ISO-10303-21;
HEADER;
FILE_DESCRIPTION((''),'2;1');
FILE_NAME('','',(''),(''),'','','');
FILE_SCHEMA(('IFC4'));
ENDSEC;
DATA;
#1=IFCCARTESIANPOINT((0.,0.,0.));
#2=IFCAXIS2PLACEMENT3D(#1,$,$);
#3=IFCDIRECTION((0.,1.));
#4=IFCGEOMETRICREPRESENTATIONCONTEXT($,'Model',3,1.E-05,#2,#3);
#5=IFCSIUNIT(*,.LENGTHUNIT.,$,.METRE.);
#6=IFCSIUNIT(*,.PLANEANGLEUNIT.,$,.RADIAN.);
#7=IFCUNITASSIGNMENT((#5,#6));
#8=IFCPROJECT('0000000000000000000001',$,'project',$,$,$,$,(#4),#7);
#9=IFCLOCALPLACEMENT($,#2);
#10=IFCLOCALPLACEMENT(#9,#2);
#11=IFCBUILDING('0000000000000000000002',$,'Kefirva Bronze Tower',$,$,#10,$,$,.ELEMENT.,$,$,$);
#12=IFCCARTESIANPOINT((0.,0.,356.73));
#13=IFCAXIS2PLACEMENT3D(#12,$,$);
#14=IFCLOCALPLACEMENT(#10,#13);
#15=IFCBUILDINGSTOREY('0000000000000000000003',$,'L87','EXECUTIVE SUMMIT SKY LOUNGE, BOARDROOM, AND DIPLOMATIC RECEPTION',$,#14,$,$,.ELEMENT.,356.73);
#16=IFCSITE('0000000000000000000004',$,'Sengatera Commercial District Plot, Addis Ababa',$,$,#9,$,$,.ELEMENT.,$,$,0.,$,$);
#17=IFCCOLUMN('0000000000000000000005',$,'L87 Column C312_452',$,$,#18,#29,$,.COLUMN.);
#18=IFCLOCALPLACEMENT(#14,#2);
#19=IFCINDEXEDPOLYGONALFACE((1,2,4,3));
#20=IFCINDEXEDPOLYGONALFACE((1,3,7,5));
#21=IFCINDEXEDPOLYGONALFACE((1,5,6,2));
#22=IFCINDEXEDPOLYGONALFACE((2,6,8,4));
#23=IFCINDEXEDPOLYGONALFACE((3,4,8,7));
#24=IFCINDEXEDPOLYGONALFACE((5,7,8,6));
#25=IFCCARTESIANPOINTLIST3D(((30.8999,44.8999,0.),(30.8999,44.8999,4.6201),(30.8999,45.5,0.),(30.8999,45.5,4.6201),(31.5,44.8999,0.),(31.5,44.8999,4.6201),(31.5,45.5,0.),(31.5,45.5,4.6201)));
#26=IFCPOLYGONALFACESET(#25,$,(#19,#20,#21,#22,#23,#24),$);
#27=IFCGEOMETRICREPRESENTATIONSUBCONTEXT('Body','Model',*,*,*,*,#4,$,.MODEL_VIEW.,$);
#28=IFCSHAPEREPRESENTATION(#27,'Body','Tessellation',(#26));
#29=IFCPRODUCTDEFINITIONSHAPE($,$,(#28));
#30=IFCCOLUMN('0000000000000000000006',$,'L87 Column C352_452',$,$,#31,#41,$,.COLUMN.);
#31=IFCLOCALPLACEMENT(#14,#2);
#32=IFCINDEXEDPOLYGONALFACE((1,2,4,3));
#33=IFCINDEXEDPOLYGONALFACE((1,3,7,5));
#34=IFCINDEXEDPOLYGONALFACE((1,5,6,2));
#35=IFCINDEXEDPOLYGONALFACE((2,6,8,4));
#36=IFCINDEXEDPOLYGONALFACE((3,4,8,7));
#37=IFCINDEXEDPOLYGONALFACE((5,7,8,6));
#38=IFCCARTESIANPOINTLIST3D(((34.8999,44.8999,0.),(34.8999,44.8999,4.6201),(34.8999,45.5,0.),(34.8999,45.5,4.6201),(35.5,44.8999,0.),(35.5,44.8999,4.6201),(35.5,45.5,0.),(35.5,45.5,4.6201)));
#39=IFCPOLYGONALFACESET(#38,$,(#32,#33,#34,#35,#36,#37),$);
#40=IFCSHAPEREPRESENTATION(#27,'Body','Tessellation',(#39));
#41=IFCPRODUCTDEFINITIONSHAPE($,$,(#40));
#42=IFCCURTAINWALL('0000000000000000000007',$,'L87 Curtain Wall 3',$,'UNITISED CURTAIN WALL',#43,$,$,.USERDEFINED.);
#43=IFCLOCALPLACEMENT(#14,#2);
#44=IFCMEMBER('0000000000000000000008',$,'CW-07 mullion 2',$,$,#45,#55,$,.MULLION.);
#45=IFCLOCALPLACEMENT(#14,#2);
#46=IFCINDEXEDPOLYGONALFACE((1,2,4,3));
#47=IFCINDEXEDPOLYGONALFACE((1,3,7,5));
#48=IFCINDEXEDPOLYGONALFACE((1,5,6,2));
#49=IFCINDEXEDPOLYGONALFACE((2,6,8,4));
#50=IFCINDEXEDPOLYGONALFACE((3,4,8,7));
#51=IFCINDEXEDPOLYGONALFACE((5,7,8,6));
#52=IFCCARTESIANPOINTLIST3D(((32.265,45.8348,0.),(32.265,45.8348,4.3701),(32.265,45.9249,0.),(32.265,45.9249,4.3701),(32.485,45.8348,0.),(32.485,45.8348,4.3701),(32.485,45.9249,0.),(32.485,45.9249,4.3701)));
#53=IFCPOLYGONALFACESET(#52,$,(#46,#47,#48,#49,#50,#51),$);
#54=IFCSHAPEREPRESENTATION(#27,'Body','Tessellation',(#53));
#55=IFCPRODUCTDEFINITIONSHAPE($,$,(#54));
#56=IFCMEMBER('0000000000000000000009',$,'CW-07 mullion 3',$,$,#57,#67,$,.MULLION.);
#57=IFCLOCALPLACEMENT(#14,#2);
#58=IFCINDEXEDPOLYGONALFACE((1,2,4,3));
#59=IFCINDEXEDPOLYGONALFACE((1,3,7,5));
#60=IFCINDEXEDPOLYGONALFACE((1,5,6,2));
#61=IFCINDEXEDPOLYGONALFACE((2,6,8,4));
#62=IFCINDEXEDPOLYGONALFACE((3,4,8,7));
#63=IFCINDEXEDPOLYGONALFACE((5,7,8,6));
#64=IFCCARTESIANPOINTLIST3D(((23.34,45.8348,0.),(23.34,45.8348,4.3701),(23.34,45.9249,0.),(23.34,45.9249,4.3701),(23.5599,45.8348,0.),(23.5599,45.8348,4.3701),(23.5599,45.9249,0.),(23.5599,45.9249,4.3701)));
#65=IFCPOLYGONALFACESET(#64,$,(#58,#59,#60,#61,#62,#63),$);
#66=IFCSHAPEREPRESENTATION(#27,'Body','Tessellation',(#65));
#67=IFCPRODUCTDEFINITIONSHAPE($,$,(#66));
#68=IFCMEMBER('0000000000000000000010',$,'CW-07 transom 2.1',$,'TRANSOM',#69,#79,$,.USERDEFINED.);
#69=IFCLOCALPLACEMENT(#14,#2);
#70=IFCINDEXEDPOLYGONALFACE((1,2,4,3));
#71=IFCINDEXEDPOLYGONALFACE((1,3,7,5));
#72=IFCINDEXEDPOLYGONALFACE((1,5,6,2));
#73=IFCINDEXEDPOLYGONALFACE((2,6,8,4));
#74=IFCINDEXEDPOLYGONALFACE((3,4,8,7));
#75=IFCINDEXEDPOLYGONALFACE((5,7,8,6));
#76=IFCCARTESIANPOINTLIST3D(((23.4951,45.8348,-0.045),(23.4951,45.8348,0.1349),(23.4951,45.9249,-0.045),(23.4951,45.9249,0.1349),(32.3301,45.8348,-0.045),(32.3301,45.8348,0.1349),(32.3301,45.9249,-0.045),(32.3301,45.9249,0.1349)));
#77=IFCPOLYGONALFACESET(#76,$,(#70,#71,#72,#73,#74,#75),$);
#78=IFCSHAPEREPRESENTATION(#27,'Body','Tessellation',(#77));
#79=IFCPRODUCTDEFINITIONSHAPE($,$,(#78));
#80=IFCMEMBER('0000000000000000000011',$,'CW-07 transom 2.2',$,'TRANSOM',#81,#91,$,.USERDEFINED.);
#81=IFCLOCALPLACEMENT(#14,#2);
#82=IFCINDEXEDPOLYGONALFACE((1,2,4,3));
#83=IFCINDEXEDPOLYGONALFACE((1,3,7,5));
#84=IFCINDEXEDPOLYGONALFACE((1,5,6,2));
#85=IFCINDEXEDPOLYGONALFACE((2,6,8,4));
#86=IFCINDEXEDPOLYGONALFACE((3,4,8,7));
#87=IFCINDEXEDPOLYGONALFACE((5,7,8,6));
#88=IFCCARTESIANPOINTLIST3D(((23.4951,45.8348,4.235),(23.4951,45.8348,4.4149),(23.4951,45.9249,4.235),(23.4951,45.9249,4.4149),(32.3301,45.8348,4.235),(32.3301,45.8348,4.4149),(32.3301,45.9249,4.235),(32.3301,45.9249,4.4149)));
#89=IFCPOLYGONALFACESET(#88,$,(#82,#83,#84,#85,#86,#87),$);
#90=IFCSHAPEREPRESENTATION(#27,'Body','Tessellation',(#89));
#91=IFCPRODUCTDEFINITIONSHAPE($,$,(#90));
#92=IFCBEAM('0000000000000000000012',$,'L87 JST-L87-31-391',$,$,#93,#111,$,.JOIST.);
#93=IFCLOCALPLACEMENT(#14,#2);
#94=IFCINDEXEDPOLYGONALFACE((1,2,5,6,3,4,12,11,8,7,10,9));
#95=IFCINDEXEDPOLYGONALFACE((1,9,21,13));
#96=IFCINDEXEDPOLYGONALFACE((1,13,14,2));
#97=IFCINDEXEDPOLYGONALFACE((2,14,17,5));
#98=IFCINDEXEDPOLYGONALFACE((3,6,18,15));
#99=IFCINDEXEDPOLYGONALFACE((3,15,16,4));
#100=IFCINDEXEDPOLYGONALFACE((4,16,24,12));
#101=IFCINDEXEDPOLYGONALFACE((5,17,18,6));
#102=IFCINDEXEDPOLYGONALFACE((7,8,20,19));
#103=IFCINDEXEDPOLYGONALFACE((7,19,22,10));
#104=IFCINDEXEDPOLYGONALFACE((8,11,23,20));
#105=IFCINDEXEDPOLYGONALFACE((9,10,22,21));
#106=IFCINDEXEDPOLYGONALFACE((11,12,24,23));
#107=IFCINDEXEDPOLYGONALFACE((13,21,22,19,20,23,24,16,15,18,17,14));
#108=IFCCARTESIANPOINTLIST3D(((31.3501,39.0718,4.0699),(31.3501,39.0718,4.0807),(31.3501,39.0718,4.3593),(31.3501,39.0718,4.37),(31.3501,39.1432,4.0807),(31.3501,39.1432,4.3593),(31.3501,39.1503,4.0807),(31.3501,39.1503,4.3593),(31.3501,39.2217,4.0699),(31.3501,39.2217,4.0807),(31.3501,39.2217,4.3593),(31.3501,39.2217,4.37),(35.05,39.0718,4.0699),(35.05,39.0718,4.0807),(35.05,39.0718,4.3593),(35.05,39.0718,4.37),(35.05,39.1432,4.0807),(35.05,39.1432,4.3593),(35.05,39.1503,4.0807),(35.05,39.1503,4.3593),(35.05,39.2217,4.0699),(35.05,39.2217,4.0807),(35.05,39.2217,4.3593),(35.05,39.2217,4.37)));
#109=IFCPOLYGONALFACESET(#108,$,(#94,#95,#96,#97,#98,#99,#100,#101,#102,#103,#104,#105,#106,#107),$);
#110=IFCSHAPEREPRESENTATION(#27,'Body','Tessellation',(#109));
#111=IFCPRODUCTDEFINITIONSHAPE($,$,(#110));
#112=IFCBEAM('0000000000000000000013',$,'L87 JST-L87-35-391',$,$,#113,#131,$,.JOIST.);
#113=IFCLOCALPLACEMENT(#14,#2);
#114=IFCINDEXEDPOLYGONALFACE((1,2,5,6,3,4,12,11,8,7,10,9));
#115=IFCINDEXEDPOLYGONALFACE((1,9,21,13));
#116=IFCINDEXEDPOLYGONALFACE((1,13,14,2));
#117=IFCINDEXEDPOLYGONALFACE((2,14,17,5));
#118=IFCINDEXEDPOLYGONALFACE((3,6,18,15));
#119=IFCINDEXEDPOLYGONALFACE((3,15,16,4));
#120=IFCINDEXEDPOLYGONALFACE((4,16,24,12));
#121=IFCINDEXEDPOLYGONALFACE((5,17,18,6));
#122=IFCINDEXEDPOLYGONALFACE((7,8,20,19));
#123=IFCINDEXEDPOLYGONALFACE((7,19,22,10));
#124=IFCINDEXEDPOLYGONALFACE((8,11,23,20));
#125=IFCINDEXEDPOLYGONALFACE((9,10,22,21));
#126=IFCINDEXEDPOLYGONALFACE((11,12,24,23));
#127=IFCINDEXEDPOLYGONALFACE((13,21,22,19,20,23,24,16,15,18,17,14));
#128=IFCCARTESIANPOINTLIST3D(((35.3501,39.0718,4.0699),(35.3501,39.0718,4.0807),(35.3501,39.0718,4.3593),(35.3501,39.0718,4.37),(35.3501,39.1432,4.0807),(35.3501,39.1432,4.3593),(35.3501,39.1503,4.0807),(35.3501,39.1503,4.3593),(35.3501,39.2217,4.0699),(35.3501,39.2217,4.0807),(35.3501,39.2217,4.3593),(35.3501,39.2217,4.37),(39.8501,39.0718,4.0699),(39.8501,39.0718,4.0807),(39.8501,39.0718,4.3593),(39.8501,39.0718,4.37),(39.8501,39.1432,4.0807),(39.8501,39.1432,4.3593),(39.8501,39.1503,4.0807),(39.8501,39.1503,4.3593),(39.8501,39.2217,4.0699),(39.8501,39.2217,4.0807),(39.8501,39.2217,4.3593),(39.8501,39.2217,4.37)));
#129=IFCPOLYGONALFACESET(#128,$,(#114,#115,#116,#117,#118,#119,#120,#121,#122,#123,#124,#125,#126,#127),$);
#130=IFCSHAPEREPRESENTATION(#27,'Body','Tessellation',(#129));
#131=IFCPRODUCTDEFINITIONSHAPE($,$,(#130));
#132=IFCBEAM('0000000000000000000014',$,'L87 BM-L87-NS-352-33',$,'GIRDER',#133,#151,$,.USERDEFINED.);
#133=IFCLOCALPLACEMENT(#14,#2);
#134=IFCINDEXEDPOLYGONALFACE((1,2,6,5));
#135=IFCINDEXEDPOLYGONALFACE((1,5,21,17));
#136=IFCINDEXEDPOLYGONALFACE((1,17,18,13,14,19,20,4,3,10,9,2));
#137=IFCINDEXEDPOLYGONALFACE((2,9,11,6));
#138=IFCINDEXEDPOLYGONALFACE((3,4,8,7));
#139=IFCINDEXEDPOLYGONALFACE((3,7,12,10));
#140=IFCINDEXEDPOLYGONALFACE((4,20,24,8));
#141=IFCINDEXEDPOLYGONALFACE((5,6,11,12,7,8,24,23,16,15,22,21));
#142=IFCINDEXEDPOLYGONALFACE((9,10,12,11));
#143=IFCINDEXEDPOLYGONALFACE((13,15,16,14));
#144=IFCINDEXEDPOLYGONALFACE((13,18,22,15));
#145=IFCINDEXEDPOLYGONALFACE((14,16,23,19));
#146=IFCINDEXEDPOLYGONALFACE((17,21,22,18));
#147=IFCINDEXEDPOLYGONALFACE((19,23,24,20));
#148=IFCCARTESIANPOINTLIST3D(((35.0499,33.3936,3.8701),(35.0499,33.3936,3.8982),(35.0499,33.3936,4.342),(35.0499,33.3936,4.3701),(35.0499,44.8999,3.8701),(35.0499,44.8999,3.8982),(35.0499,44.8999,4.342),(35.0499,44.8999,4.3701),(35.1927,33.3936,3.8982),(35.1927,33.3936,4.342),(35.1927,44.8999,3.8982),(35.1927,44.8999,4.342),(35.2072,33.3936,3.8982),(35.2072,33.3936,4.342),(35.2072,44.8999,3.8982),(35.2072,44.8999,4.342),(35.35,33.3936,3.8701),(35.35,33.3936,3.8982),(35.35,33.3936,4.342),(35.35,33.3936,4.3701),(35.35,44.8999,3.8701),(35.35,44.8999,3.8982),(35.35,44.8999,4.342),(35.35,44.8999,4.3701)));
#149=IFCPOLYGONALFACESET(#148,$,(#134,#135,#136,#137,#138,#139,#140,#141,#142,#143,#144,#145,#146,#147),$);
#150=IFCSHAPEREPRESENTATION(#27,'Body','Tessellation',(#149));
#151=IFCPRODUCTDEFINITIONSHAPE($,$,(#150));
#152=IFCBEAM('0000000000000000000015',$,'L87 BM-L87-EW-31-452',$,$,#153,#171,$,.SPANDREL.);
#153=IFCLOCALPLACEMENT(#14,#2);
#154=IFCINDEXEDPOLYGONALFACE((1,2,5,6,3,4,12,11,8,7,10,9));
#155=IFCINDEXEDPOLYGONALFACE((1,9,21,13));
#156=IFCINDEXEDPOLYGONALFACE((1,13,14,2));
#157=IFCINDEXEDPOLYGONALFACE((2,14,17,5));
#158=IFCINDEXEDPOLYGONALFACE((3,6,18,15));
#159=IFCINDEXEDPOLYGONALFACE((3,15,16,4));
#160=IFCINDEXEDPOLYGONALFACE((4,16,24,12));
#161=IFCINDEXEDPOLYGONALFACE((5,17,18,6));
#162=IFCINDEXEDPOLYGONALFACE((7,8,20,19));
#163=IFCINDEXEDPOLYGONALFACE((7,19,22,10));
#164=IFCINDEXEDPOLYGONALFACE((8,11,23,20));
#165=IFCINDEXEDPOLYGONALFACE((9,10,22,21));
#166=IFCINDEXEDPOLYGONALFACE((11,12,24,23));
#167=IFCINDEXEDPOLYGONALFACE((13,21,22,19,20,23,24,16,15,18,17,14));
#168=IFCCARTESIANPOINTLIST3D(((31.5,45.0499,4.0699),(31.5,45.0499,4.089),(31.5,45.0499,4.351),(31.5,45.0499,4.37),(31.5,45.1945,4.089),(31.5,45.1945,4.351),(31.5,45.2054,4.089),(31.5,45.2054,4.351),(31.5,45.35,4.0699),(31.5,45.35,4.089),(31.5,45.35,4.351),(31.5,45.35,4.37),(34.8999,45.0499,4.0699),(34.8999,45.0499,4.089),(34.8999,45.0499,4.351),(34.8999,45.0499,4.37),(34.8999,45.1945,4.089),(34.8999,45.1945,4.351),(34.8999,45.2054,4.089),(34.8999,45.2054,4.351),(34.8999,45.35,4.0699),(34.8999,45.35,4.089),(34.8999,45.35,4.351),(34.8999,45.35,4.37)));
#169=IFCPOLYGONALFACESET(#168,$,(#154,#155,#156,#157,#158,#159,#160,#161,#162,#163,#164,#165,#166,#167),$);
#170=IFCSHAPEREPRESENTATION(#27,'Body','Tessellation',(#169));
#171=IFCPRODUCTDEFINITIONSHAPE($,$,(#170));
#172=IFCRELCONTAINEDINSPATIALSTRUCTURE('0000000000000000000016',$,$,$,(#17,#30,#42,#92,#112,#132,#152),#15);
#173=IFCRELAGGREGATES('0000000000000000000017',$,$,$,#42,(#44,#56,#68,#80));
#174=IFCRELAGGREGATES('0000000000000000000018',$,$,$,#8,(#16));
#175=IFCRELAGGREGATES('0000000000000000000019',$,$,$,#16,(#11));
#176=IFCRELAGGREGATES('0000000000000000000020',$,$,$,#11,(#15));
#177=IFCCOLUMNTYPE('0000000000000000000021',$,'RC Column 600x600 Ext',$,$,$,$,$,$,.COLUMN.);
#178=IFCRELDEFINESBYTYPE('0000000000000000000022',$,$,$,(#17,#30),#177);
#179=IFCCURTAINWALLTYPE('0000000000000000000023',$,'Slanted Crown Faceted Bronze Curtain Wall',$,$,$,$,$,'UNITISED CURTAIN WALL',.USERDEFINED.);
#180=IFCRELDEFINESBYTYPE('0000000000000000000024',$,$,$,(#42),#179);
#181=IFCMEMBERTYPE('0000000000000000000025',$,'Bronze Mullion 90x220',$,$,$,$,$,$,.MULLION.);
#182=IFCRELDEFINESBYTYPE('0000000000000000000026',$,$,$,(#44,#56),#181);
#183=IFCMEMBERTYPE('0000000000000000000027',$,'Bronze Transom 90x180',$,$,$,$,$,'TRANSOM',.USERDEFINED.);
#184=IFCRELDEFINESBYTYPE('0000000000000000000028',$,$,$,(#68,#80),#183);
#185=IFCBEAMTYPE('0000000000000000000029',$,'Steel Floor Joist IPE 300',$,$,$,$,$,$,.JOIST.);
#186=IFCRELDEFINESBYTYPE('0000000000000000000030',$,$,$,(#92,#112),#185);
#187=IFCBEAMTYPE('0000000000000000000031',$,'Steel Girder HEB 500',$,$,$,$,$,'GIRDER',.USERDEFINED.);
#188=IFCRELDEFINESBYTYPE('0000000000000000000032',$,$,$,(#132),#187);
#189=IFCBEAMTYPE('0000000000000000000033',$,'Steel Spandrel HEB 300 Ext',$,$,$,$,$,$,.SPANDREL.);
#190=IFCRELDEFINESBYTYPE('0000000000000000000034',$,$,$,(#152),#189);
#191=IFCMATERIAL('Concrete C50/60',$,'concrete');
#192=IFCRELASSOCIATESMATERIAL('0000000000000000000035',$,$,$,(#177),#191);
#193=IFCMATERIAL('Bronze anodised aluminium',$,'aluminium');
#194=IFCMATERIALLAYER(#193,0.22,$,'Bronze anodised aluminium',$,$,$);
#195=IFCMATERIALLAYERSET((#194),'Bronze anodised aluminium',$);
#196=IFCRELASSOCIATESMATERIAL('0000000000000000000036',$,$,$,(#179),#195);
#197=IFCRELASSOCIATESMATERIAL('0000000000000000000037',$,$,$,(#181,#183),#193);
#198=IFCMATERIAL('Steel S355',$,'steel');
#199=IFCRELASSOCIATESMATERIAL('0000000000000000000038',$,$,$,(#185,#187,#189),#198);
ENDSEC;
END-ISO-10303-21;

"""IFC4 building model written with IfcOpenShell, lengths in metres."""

from ifc_helpers import new_model, si_unit, direction, frame, origin, origin_2d, place, context, subcontext, project, spatial, rectangle, i_section, extrude, material, layer, layer_set, material_profile, profile_set, type_object, element, aggregate, save


model = new_model("IFC4")

# Units and contexts
model_context = context("Model", 3, precision=1e-05, world=origin(), true_north=direction((0.0, 1.0)))
body_context = subcontext(model_context, "Body", "Model", "MODEL_VIEW")
ifc_project = project(units=[si_unit("LENGTHUNIT", "METRE"), si_unit("PLANEANGLEUNIT", "RADIAN")], contexts=[model_context])

# Site, building, storey
site_placement = place(None, origin())
site = spatial("IfcSite", under=ifc_project, at=site_placement, Name="Sengatera Commercial District Plot, Addis Ababa", CompositionType="ELEMENT", RefElevation=0.0)
building_placement = place(site_placement, origin())
building = spatial("IfcBuilding", under=site, at=building_placement, Name="Kefirva Bronze Tower", CompositionType="ELEMENT")
storey_placement = place(building_placement, frame((0.0, 0.0, 356.73)))
storey = spatial("IfcBuildingStorey", under=building, at=storey_placement, Name="L87", Description="EXECUTIVE SUMMIT SKY LOUNGE, BOARDROOM, AND DIPLOMATIC RECEPTION", CompositionType="ELEMENT", Elevation=356.73)

# Columns
ifc_material_1 = material(Name="Concrete C50/60", Category="concrete")
ifc_material_profile_1 = material_profile(ifc_material_1, rectangle(XDim=0.6001, YDim=0.6001, at=origin_2d()), Name="RC 600x600")
ifc_profile_set_1 = profile_set([ifc_material_profile_1], Name="Concrete C50/60")
column_type = type_object("IfcColumnType", Name="RC Column 600x600 Ext", PredefinedType="COLUMN", material=ifc_profile_set_1)
for number, where, z_axis, x_axis, name in (
    (1, (31.2, 45.2, 0.0), (0.0, 0.0, 1.0), (1.0, 0.0, 0.0), "L87 Column C312_452"),
    (2, (35.2, 45.2, 0.0), (0.0, 0.0, 1.0), (1.0, 0.0, 0.0), "L87 Column C352_452"),
):
    element("IfcColumn", number, at=place(storey_placement, frame(where, z_axis=z_axis, x_axis=x_axis)), inside=storey, type_object=column_type, Name=name, PredefinedType="COLUMN", context=body_context, shape_type="SweptSolid", body=[
        extrude(rectangle(XDim=0.6001, YDim=0.6001, at=origin_2d()), origin(), (0.0, 0.0, 1.0), 4.6201),
    ])

# Curtain wall, members
ifc_material_2 = material(Name="Bronze anodised aluminium", Category="aluminium")
ifc_layer_1 = layer(ifc_material_2, 0.22, Name="Bronze anodised aluminium")
ifc_layer_set_1 = layer_set([ifc_layer_1], Name="Bronze anodised aluminium")
curtain_wall_type = type_object("IfcCurtainWallType", Name="Slanted Crown Faceted Bronze Curtain Wall", ElementType="UNITISED CURTAIN WALL", PredefinedType="USERDEFINED", material=ifc_layer_set_1)
curtain_wall_placement = place(storey_placement, origin())
curtain_wall = element("IfcCurtainWall", 3, at=curtain_wall_placement, inside=storey, type_object=curtain_wall_type, Name="L87 Curtain Wall 3", ObjectType="UNITISED CURTAIN WALL", PredefinedType="USERDEFINED")
ifc_material_profile_2 = material_profile(ifc_material_2, rectangle(XDim=0.0901, YDim=0.22, at=origin_2d()), Name="ALU 90x220")
ifc_profile_set_2 = profile_set([ifc_material_profile_2], Name="Bronze anodised aluminium")
member_type_1 = type_object("IfcMemberType", Name="Bronze Mullion 90x220", PredefinedType="MULLION", material=ifc_profile_set_2)
member_1_placement = place(storey_placement, frame((32.375, 45.8799, 0.0), z_axis=(0.0, 0.0, 1.0), x_axis=(0.0, -1.0, 0.0)))
member_1 = element("IfcMember", 4, at=member_1_placement, type_object=member_type_1, Name="CW-07 mullion 2", PredefinedType="MULLION", context=body_context, shape_type="SweptSolid", body=[
    extrude(rectangle(XDim=0.0901, YDim=0.22, at=origin_2d()), origin(), (0.0, 0.0, 1.0), 4.3701),
])
member_2_placement = place(storey_placement, frame((23.45, 45.8799, 0.0), z_axis=(0.0, 0.0, 1.0), x_axis=(0.0, -1.0, 0.0)))
member_2 = element("IfcMember", 5, at=member_2_placement, type_object=member_type_1, Name="CW-07 mullion 3", PredefinedType="MULLION", context=body_context, shape_type="SweptSolid", body=[
    extrude(rectangle(XDim=0.0901, YDim=0.22, at=origin_2d()), origin(), (0.0, 0.0, 1.0), 4.3701),
])
ifc_material_profile_3 = material_profile(ifc_material_2, rectangle(XDim=0.0901, YDim=0.1799, at=origin_2d()), Name="ALU 90x180")
ifc_profile_set_3 = profile_set([ifc_material_profile_3], Name="Bronze anodised aluminium")
member_type_2 = type_object("IfcMemberType", Name="Bronze Transom 90x180", ElementType="TRANSOM", PredefinedType="USERDEFINED", material=ifc_profile_set_3)
member_3_placement = place(storey_placement, frame((32.3301, 45.8799, 0.0449), z_axis=(-1.0, 0.0, 0.0), x_axis=(0.0, -1.0, 0.0)))
member_3 = element("IfcMember", 6, at=member_3_placement, type_object=member_type_2, Name="CW-07 transom 2.1", ObjectType="TRANSOM", PredefinedType="USERDEFINED", context=body_context, shape_type="SweptSolid", body=[
    extrude(rectangle(XDim=0.0901, YDim=0.1799, at=origin_2d()), origin(), (0.0, 0.0, 1.0), 8.835),
])
member_4_placement = place(storey_placement, frame((32.3301, 45.8799, 4.325), z_axis=(-1.0, 0.0, 0.0), x_axis=(0.0, -1.0, 0.0)))
member_4 = element("IfcMember", 7, at=member_4_placement, type_object=member_type_2, Name="CW-07 transom 2.2", ObjectType="TRANSOM", PredefinedType="USERDEFINED", context=body_context, shape_type="SweptSolid", body=[
    extrude(rectangle(XDim=0.0901, YDim=0.1799, at=origin_2d()), origin(), (0.0, 0.0, 1.0), 8.835),
])

# Beams
ifc_material_3 = material(Name="Steel S355", Category="steel")
ifc_material_profile_4 = material_profile(ifc_material_3, i_section(OverallWidth=0.1499, OverallDepth=0.3, WebThickness=0.0071, FlangeThickness=0.0107, at=origin_2d()), Name="IPE 300")
ifc_profile_set_4 = profile_set([ifc_material_profile_4], Name="Steel S355")
beam_type_1 = type_object("IfcBeamType", Name="Steel Floor Joist IPE 300", PredefinedType="JOIST", material=ifc_profile_set_4)
beam_1_placement = place(storey_placement, frame((31.3501, 39.1467, 4.22), z_axis=(1.0, 0.0, 0.0), x_axis=(0.0, 1.0, 0.0)))
element("IfcBeam", 8, at=beam_1_placement, inside=storey, type_object=beam_type_1, Name="L87 JST-L87-31-391", PredefinedType="JOIST", context=body_context, shape_type="SweptSolid", body=[
    extrude(i_section(OverallWidth=0.1499, OverallDepth=0.3, WebThickness=0.0071, FlangeThickness=0.0107, at=origin_2d()), origin(), (0.0, 0.0, 1.0), 3.7),
])
beam_2_placement = place(storey_placement, frame((35.3501, 39.1467, 4.22), z_axis=(1.0, 0.0, 0.0), x_axis=(0.0, 1.0, 0.0)))
element("IfcBeam", 9, at=beam_2_placement, inside=storey, type_object=beam_type_1, Name="L87 JST-L87-35-391", PredefinedType="JOIST", context=body_context, shape_type="SweptSolid", body=[
    extrude(i_section(OverallWidth=0.1499, OverallDepth=0.3, WebThickness=0.0071, FlangeThickness=0.0107, at=origin_2d()), origin(), (0.0, 0.0, 1.0), 4.5),
])
ifc_material_profile_5 = material_profile(ifc_material_3, i_section(OverallWidth=0.3, OverallDepth=0.5, WebThickness=0.0144, FlangeThickness=0.0281, at=origin_2d()), Name="HEB 500")
ifc_profile_set_5 = profile_set([ifc_material_profile_5], Name="Steel S355")
beam_type_2 = type_object("IfcBeamType", Name="Steel Girder HEB 500", ElementType="GIRDER", PredefinedType="USERDEFINED", material=ifc_profile_set_5)
beam_3_placement = place(storey_placement, frame((35.2, 33.3936, 4.1201), z_axis=(0.0, 1.0, 0.0), x_axis=(-1.0, 0.0, 0.0)))
element("IfcBeam", 10, at=beam_3_placement, inside=storey, type_object=beam_type_2, Name="L87 BM-L87-NS-352-33", ObjectType="GIRDER", PredefinedType="USERDEFINED", context=body_context, shape_type="SweptSolid", body=[
    extrude(i_section(OverallWidth=0.3, OverallDepth=0.5, WebThickness=0.0144, FlangeThickness=0.0281, at=origin_2d()), origin(), (0.0, 0.0, 1.0), 11.5063),
])
ifc_material_profile_6 = material_profile(ifc_material_3, i_section(OverallWidth=0.3, OverallDepth=0.3, WebThickness=0.011, FlangeThickness=0.019, at=origin_2d()), Name="HEB 300")
ifc_profile_set_6 = profile_set([ifc_material_profile_6], Name="Steel S355")
beam_type_3 = type_object("IfcBeamType", Name="Steel Spandrel HEB 300 Ext", PredefinedType="SPANDREL", material=ifc_profile_set_6)
beam_4_placement = place(storey_placement, frame((31.5, 45.2, 4.22), z_axis=(1.0, 0.0, 0.0), x_axis=(0.0, 1.0, 0.0)))
element("IfcBeam", 11, at=beam_4_placement, inside=storey, type_object=beam_type_3, Name="L87 BM-L87-EW-31-452", PredefinedType="SPANDREL", context=body_context, shape_type="SweptSolid", body=[
    extrude(i_section(OverallWidth=0.3, OverallDepth=0.3, WebThickness=0.011, FlangeThickness=0.019, at=origin_2d()), origin(), (0.0, 0.0, 1.0), 3.3999),
])

aggregate(curtain_wall, [member_1, member_2, member_3, member_4])

save(model, "model.ifc")
